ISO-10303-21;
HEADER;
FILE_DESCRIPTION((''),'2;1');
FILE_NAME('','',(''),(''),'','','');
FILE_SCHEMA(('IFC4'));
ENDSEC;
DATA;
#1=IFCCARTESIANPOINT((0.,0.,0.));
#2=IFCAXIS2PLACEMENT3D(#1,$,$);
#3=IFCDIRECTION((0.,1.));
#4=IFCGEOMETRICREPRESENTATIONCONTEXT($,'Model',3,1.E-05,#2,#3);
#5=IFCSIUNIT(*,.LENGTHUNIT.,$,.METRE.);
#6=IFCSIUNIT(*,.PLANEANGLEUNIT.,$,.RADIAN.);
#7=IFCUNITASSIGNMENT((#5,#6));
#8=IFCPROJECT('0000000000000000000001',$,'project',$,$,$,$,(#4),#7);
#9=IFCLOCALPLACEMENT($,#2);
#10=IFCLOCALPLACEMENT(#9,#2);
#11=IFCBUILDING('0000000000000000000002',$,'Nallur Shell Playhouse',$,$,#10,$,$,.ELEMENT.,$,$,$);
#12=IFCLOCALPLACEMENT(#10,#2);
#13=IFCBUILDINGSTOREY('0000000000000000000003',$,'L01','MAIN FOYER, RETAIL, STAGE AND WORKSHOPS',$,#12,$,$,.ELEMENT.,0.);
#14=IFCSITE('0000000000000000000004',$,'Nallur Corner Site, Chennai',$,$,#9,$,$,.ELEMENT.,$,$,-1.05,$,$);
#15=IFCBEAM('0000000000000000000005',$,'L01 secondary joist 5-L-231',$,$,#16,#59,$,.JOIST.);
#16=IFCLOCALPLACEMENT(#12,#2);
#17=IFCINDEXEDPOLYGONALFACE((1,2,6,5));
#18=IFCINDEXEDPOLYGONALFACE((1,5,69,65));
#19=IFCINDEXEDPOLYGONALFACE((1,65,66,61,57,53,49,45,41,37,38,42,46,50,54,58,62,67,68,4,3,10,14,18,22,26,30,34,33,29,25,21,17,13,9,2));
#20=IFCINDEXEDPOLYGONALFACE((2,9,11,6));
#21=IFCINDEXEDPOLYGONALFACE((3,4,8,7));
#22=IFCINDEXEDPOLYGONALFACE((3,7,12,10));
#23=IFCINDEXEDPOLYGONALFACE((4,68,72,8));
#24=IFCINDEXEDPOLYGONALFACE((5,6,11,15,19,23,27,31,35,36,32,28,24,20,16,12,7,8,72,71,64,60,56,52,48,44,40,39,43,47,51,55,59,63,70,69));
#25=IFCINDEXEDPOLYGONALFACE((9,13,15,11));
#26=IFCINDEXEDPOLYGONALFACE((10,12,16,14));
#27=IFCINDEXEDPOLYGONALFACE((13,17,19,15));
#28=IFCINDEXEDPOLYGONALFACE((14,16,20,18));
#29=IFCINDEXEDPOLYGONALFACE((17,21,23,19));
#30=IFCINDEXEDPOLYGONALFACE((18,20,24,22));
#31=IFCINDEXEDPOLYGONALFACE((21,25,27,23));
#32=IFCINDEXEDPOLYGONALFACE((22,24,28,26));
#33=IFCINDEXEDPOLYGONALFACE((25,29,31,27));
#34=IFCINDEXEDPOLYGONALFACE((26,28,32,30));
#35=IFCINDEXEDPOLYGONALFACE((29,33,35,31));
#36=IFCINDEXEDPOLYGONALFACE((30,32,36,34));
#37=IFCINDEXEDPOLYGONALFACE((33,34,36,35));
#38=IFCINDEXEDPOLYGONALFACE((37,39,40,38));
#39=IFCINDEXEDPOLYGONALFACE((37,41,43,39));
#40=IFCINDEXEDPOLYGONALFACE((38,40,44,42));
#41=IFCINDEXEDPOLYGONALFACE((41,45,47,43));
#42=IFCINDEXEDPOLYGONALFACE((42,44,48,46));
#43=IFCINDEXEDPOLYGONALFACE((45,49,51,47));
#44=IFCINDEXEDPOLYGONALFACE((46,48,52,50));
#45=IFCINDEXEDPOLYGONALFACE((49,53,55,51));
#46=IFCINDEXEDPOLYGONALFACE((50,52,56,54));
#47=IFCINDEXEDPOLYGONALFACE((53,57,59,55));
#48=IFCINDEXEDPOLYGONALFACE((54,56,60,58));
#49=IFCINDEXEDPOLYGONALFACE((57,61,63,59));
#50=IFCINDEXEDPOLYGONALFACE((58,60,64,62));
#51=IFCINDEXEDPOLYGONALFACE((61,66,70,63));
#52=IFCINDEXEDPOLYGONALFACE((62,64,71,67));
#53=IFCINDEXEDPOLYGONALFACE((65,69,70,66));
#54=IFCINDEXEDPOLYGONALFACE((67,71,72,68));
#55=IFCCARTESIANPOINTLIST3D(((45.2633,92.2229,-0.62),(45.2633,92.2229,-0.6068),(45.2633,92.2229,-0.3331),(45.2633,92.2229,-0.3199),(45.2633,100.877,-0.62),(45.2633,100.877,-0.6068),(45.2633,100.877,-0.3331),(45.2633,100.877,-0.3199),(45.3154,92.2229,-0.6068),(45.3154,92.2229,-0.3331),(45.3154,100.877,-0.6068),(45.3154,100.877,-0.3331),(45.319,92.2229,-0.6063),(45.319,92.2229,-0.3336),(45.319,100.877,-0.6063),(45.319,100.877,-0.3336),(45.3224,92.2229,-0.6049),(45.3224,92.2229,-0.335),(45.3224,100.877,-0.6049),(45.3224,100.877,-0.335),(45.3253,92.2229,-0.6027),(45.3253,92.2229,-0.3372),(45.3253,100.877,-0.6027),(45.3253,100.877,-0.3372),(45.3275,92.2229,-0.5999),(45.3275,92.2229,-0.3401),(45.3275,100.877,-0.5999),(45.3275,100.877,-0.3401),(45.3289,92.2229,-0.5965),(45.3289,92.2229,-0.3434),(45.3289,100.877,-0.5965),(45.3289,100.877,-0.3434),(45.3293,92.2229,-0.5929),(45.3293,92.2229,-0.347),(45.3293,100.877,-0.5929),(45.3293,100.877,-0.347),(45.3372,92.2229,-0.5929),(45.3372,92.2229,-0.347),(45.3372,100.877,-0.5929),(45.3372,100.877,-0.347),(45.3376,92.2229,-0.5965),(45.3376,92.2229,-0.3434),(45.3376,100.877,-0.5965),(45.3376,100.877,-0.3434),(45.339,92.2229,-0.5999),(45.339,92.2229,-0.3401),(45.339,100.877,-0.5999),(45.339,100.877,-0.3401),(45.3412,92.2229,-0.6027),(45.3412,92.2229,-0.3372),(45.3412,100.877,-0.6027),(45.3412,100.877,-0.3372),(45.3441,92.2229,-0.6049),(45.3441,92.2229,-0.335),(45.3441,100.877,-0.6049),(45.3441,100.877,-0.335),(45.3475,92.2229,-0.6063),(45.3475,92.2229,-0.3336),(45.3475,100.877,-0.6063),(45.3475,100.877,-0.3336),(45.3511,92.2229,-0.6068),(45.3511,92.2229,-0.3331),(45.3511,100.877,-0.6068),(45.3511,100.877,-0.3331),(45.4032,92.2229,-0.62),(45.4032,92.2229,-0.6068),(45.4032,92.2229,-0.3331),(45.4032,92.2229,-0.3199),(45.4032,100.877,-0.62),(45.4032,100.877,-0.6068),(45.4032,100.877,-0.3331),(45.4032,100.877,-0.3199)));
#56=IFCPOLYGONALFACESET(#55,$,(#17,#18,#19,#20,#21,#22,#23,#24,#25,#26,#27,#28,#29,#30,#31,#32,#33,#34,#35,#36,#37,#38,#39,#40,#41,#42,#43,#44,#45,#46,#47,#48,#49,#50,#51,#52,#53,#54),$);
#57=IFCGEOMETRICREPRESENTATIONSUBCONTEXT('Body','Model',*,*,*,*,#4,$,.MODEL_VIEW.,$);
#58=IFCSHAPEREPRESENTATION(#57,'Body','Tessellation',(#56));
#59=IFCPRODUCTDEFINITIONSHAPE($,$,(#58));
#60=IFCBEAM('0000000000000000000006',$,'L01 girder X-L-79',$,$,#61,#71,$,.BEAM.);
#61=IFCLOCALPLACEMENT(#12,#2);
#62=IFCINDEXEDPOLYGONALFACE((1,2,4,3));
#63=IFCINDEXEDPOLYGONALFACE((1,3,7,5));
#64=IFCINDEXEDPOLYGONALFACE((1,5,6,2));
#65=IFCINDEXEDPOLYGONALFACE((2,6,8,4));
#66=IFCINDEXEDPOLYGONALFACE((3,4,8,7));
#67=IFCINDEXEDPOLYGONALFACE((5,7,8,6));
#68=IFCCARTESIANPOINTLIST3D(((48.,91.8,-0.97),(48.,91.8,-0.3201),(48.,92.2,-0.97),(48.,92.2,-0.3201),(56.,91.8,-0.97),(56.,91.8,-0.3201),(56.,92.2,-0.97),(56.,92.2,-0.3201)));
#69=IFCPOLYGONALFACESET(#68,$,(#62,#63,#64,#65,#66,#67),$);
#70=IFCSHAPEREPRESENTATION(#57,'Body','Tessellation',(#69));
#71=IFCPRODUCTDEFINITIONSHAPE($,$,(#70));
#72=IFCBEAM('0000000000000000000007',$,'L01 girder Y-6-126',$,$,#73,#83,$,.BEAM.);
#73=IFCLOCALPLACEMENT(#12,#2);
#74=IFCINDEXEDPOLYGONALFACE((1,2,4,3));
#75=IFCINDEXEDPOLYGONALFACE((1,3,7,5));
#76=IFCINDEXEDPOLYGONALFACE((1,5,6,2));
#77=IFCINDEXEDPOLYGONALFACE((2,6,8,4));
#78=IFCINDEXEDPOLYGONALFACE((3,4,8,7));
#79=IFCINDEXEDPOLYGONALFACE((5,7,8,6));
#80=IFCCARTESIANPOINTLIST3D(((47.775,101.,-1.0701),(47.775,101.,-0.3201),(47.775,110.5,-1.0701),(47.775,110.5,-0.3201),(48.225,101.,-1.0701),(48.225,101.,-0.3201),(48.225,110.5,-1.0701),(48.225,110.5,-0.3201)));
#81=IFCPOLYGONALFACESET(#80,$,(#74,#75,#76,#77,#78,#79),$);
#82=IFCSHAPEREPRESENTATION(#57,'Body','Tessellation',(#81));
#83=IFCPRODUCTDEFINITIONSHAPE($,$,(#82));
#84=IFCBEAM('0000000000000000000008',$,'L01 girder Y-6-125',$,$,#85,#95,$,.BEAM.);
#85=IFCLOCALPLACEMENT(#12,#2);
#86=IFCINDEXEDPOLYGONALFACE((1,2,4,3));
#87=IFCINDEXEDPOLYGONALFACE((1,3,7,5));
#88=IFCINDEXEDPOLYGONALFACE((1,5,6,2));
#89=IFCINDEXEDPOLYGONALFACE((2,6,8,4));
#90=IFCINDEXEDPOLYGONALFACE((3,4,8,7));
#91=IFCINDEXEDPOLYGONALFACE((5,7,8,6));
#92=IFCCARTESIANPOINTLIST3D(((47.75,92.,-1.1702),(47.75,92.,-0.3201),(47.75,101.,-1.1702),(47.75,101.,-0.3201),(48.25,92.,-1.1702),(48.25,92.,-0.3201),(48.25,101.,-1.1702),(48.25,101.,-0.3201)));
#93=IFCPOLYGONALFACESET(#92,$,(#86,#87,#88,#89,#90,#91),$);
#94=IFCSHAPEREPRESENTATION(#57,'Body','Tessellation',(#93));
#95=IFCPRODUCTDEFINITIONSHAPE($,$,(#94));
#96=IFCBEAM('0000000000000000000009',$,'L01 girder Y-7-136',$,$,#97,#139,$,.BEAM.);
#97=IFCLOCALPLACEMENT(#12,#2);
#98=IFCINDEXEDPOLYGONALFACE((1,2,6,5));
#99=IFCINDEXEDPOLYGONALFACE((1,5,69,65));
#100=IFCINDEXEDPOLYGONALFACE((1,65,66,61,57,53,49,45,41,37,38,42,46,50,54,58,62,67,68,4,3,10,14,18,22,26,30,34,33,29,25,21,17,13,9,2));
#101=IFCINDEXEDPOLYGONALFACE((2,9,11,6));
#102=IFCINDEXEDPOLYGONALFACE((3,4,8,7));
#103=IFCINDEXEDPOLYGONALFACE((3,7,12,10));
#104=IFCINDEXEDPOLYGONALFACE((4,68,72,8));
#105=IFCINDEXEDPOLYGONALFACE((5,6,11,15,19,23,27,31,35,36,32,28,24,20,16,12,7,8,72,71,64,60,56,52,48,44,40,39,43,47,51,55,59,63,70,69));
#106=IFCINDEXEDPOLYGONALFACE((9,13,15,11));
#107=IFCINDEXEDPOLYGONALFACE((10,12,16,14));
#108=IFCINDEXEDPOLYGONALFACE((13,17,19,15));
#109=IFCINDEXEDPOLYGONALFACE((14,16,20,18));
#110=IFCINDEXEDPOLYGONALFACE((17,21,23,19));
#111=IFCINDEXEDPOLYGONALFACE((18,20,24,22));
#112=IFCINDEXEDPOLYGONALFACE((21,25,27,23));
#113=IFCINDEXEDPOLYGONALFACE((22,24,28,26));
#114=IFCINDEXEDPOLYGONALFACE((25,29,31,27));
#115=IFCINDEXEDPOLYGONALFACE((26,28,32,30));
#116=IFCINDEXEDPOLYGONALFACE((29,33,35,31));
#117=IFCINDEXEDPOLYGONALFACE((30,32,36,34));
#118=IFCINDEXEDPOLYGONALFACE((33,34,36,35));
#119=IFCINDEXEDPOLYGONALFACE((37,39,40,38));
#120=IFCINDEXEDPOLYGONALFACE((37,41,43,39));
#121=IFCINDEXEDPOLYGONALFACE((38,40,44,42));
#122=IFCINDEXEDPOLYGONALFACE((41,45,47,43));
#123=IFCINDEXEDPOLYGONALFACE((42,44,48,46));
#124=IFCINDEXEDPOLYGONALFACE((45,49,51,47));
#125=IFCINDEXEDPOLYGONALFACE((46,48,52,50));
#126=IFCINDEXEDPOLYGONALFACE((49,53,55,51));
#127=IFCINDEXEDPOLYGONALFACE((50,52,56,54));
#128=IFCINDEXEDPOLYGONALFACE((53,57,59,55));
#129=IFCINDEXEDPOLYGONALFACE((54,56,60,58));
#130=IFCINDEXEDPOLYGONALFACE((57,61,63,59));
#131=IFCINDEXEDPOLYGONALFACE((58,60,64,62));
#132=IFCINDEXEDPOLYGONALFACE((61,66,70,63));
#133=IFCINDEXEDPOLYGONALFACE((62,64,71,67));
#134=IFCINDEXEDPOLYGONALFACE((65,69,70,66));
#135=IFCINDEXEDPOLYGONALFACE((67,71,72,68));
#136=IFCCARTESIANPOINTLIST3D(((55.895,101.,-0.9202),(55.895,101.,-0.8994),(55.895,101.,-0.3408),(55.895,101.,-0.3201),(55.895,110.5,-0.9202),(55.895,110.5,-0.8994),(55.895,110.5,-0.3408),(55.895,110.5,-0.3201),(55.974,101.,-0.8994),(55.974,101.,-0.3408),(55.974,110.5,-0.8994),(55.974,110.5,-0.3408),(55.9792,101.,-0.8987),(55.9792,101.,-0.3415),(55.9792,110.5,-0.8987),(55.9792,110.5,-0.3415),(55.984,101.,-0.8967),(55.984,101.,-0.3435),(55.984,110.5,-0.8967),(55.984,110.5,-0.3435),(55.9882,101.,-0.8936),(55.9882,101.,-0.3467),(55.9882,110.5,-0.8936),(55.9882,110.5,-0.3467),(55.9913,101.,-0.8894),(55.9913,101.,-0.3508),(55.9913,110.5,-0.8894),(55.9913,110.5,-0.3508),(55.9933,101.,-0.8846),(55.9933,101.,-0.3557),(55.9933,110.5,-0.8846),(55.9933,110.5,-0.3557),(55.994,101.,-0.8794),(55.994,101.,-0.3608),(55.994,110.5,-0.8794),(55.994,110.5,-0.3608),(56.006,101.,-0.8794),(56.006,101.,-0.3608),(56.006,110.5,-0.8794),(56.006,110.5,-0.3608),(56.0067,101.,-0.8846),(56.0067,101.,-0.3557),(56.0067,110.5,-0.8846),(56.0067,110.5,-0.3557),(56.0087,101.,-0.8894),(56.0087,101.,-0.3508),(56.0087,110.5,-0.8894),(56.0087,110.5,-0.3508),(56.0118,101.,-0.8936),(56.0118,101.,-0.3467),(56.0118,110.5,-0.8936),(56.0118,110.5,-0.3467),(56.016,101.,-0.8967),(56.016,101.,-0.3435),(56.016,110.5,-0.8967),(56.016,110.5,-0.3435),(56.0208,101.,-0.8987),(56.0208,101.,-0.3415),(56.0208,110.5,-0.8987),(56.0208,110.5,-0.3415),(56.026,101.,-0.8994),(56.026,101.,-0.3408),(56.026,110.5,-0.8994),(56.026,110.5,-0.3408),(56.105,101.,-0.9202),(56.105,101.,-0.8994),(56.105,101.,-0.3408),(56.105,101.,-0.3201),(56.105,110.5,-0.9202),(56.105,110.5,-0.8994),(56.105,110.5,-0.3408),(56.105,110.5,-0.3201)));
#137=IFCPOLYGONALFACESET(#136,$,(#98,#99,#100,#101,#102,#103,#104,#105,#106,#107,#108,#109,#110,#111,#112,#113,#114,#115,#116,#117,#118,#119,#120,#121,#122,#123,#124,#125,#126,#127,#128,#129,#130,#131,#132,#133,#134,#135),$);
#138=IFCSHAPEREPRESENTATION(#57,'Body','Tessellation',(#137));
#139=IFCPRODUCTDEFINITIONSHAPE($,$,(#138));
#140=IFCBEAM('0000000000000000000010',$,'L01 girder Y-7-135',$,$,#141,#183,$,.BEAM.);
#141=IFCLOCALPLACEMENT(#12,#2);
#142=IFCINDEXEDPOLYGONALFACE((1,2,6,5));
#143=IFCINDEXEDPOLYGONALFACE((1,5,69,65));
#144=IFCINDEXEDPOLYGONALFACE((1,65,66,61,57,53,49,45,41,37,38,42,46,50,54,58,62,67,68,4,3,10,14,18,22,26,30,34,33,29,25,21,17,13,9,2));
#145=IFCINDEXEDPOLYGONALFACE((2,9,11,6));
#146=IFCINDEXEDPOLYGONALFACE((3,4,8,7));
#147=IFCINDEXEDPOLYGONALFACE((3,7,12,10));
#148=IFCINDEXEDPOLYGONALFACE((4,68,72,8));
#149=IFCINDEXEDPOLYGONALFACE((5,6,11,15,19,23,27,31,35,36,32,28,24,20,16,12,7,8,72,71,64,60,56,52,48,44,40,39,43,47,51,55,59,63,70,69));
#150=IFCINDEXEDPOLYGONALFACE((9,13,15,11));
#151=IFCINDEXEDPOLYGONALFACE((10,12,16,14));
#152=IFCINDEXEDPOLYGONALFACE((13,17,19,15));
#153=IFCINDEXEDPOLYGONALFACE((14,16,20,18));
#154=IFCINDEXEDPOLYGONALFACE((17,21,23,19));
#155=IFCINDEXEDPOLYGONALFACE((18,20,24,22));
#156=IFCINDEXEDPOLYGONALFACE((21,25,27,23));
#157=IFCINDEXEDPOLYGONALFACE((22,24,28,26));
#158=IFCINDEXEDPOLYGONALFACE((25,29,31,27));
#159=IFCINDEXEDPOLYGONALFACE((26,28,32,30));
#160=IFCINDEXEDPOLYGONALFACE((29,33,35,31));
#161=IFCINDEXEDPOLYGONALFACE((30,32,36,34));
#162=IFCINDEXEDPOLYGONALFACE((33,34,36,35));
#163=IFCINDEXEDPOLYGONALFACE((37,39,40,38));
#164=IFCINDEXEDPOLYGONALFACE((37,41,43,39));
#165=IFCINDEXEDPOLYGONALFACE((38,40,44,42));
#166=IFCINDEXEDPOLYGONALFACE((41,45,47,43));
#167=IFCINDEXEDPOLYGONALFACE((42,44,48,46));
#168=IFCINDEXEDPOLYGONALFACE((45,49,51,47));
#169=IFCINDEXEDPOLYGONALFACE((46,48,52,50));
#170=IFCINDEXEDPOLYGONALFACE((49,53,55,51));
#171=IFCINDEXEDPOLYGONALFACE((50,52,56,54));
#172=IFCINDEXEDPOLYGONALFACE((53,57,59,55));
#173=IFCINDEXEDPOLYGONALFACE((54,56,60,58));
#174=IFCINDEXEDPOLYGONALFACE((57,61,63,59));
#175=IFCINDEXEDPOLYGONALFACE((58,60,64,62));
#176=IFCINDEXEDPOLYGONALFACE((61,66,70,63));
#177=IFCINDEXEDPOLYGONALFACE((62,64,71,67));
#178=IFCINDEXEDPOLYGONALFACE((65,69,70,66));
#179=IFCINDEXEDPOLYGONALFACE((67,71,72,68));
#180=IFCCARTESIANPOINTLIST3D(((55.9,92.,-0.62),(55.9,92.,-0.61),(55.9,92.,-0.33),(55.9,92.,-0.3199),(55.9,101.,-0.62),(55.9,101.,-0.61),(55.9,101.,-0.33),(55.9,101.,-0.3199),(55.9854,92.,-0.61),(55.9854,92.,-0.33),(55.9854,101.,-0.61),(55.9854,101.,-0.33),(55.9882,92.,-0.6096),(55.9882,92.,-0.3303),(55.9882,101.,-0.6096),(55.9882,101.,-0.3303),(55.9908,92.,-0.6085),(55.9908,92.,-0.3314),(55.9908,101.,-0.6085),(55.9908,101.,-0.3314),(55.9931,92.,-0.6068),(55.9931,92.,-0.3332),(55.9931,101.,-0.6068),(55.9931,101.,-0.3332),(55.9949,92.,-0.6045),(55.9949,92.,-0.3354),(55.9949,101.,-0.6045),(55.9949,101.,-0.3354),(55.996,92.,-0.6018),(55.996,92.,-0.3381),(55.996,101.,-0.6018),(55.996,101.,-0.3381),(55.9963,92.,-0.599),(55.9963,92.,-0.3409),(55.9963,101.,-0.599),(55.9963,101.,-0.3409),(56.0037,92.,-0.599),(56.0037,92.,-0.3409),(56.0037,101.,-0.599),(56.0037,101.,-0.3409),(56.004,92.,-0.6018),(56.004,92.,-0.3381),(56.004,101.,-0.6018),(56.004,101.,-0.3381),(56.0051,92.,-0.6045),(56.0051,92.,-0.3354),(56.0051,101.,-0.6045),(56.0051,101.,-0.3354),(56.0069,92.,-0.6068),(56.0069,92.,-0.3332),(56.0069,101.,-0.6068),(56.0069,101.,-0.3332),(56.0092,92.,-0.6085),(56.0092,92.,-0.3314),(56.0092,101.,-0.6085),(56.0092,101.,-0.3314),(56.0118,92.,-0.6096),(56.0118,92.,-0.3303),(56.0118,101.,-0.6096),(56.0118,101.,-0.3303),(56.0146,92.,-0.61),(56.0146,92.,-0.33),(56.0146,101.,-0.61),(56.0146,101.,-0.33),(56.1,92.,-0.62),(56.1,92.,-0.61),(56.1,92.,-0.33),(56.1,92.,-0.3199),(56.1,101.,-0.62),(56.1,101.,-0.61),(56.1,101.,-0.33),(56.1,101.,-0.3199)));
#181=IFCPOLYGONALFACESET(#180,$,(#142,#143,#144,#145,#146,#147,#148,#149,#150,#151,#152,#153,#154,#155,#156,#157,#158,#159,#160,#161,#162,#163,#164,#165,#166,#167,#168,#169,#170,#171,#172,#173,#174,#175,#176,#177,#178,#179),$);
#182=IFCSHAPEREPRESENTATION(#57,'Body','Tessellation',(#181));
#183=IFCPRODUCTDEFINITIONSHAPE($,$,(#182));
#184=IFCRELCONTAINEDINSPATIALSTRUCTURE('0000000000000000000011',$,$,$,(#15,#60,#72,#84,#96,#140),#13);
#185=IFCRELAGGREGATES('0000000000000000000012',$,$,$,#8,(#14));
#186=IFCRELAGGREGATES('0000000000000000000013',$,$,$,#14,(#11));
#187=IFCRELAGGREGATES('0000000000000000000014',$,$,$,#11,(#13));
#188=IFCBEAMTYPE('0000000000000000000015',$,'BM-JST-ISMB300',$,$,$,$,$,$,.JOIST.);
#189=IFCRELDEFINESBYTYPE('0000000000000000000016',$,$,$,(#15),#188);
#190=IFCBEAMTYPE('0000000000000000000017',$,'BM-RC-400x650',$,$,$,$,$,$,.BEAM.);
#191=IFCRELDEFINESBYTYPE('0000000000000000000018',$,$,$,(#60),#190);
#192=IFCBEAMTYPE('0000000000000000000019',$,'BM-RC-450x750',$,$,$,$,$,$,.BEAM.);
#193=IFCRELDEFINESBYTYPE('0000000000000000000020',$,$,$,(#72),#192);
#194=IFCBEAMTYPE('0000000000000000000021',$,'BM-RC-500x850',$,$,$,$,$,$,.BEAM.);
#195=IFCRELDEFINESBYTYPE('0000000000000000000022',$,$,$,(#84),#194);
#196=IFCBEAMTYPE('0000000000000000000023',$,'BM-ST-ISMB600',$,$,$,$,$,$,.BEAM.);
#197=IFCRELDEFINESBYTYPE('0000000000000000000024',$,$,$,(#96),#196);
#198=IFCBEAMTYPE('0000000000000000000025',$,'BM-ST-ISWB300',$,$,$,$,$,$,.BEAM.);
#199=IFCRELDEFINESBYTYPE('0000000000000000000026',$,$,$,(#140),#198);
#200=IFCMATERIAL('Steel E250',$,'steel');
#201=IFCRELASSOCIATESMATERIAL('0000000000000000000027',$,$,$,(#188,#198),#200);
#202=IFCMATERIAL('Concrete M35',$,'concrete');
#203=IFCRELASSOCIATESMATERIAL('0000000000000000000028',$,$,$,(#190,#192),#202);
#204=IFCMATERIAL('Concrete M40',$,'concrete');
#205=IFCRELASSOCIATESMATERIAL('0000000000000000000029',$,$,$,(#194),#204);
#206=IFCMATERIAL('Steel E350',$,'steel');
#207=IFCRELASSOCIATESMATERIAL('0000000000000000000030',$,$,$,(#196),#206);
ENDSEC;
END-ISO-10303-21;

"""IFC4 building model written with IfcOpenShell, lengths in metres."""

from ifc_helpers import new_model, si_unit, direction, frame, origin, origin_2d, place, context, subcontext, project, spatial, rectangle, i_section, extrude, material, material_profile, profile_set, type_object, element, save


model = new_model("IFC4")

# Units and contexts
model_context = context("Model", 3, precision=1e-05, world=origin(), true_north=direction((0.0, 1.0)))
body_context = subcontext(model_context, "Body", "Model", "MODEL_VIEW")
ifc_project = project(units=[si_unit("LENGTHUNIT", "METRE"), si_unit("PLANEANGLEUNIT", "RADIAN")], contexts=[model_context])

# Site, building, storey
site_placement = place(None, origin())
site = spatial("IfcSite", under=ifc_project, at=site_placement, Name="Nallur Corner Site, Chennai", CompositionType="ELEMENT", RefElevation=-1.05)
building_placement = place(site_placement, origin())
building = spatial("IfcBuilding", under=site, at=building_placement, Name="Nallur Shell Playhouse", CompositionType="ELEMENT")
storey_placement = place(building_placement, origin())
storey = spatial("IfcBuildingStorey", under=building, at=storey_placement, Name="L01", Description="MAIN FOYER, RETAIL, STAGE AND WORKSHOPS", CompositionType="ELEMENT", Elevation=0.0)

# Shared definitions
ifc_material_1 = material(Name="Concrete M35", Category="concrete")

# Beams
ifc_material_2 = material(Name="Steel E250", Category="steel")
ifc_material_profile_1 = material_profile(ifc_material_2, i_section(OverallWidth=0.1399, OverallDepth=0.3, WebThickness=0.0078, FlangeThickness=0.0132, FilletRadius=0.0139, at=origin_2d()), Name="ISMB 300")
ifc_profile_set_1 = profile_set([ifc_material_profile_1], Name="Steel E250")
beam_type_1 = type_object("IfcBeamType", Name="BM-JST-ISMB300", PredefinedType="JOIST", material=ifc_profile_set_1)
beam_1_placement = place(storey_placement, frame((45.3333, 92.2229, -0.47), z_axis=(0.0, 1.0, 0.0), x_axis=(-1.0, 0.0, 0.0)))
element("IfcBeam", 1, at=beam_1_placement, inside=storey, type_object=beam_type_1, Name="L01 secondary joist 5-L-231", PredefinedType="JOIST", context=body_context, shape_type="SweptSolid", body=[
    extrude(i_section(OverallWidth=0.1399, OverallDepth=0.3, WebThickness=0.0078, FlangeThickness=0.0132, FilletRadius=0.0139, at=origin_2d()), origin(), (0.0, 0.0, 1.0), 8.6541),
])
ifc_material_profile_2 = material_profile(ifc_material_1, rectangle(XDim=0.3999, YDim=0.6499, at=origin_2d()), Name="RC 400x650")
ifc_profile_set_2 = profile_set([ifc_material_profile_2], Name="Concrete M35")
beam_type_2 = type_object("IfcBeamType", Name="BM-RC-400x650", PredefinedType="BEAM", material=ifc_profile_set_2)
beam_2_placement = place(storey_placement, frame((48.0, 92.0, -0.645), z_axis=(1.0, 0.0, 0.0), x_axis=(0.0, 1.0, 0.0)))
element("IfcBeam", 2, at=beam_2_placement, inside=storey, type_object=beam_type_2, Name="L01 girder X-L-79", PredefinedType="BEAM", context=body_context, shape_type="SweptSolid", body=[
    extrude(rectangle(XDim=0.3999, YDim=0.6499, at=origin_2d()), origin(), (0.0, 0.0, 1.0), 8.0),
])
ifc_material_profile_3 = material_profile(ifc_material_1, rectangle(XDim=0.45, YDim=0.75, at=origin_2d()), Name="RC 450x750")
ifc_profile_set_3 = profile_set([ifc_material_profile_3], Name="Concrete M35")
beam_type_3 = type_object("IfcBeamType", Name="BM-RC-450x750", PredefinedType="BEAM", material=ifc_profile_set_3)
beam_3_placement = place(storey_placement, frame((48.0, 101.0, -0.6951), z_axis=(0.0, 1.0, 0.0), x_axis=(-1.0, 0.0, 0.0)))
element("IfcBeam", 3, at=beam_3_placement, inside=storey, type_object=beam_type_3, Name="L01 girder Y-6-126", PredefinedType="BEAM", context=body_context, shape_type="SweptSolid", body=[
    extrude(rectangle(XDim=0.45, YDim=0.75, at=origin_2d()), origin(), (0.0, 0.0, 1.0), 9.5),
])
ifc_material_3 = material(Name="Concrete M40", Category="concrete")
ifc_material_profile_4 = material_profile(ifc_material_3, rectangle(XDim=0.5, YDim=0.8501, at=origin_2d()), Name="RC 500x850")
ifc_profile_set_4 = profile_set([ifc_material_profile_4], Name="Concrete M40")
beam_type_4 = type_object("IfcBeamType", Name="BM-RC-500x850", PredefinedType="BEAM", material=ifc_profile_set_4)
beam_4_placement = place(storey_placement, frame((48.0, 92.0, -0.7451), z_axis=(0.0, 1.0, 0.0), x_axis=(-1.0, 0.0, 0.0)))
element("IfcBeam", 4, at=beam_4_placement, inside=storey, type_object=beam_type_4, Name="L01 girder Y-6-125", PredefinedType="BEAM", context=body_context, shape_type="SweptSolid", body=[
    extrude(rectangle(XDim=0.5, YDim=0.8501, at=origin_2d()), origin(), (0.0, 0.0, 1.0), 9.0),
])
ifc_material_4 = material(Name="Steel E350", Category="steel")
ifc_material_profile_5 = material_profile(ifc_material_4, i_section(OverallWidth=0.21, OverallDepth=0.6001, WebThickness=0.012, FlangeThickness=0.0208, FilletRadius=0.02, at=origin_2d()), Name="ISMB 600")
ifc_profile_set_5 = profile_set([ifc_material_profile_5], Name="Steel E350")
beam_type_5 = type_object("IfcBeamType", Name="BM-ST-ISMB600", PredefinedType="BEAM", material=ifc_profile_set_5)
beam_5_placement = place(storey_placement, frame((56.0, 101.0, -0.6201), z_axis=(0.0, 1.0, 0.0), x_axis=(-1.0, 0.0, 0.0)))
element("IfcBeam", 5, at=beam_5_placement, inside=storey, type_object=beam_type_5, Name="L01 girder Y-7-136", PredefinedType="BEAM", context=body_context, shape_type="SweptSolid", body=[
    extrude(i_section(OverallWidth=0.21, OverallDepth=0.6001, WebThickness=0.012, FlangeThickness=0.0208, FilletRadius=0.02, at=origin_2d()), origin(), (0.0, 0.0, 1.0), 9.5),
])
ifc_material_profile_6 = material_profile(ifc_material_2, i_section(OverallWidth=0.2, OverallDepth=0.3, WebThickness=0.0073, FlangeThickness=0.01, FilletRadius=0.011, at=origin_2d()), Name="ISWB 300")
ifc_profile_set_6 = profile_set([ifc_material_profile_6], Name="Steel E250")
beam_type_6 = type_object("IfcBeamType", Name="BM-ST-ISWB300", PredefinedType="BEAM", material=ifc_profile_set_6)
beam_6_placement = place(storey_placement, frame((56.0, 92.0, -0.47), z_axis=(0.0, 1.0, 0.0), x_axis=(-1.0, 0.0, 0.0)))
element("IfcBeam", 6, at=beam_6_placement, inside=storey, type_object=beam_type_6, Name="L01 girder Y-7-135", PredefinedType="BEAM", context=body_context, shape_type="SweptSolid", body=[
    extrude(i_section(OverallWidth=0.2, OverallDepth=0.3, WebThickness=0.0073, FlangeThickness=0.01, FilletRadius=0.011, at=origin_2d()), origin(), (0.0, 0.0, 1.0), 9.0),
])

save(model, "model.ifc")
